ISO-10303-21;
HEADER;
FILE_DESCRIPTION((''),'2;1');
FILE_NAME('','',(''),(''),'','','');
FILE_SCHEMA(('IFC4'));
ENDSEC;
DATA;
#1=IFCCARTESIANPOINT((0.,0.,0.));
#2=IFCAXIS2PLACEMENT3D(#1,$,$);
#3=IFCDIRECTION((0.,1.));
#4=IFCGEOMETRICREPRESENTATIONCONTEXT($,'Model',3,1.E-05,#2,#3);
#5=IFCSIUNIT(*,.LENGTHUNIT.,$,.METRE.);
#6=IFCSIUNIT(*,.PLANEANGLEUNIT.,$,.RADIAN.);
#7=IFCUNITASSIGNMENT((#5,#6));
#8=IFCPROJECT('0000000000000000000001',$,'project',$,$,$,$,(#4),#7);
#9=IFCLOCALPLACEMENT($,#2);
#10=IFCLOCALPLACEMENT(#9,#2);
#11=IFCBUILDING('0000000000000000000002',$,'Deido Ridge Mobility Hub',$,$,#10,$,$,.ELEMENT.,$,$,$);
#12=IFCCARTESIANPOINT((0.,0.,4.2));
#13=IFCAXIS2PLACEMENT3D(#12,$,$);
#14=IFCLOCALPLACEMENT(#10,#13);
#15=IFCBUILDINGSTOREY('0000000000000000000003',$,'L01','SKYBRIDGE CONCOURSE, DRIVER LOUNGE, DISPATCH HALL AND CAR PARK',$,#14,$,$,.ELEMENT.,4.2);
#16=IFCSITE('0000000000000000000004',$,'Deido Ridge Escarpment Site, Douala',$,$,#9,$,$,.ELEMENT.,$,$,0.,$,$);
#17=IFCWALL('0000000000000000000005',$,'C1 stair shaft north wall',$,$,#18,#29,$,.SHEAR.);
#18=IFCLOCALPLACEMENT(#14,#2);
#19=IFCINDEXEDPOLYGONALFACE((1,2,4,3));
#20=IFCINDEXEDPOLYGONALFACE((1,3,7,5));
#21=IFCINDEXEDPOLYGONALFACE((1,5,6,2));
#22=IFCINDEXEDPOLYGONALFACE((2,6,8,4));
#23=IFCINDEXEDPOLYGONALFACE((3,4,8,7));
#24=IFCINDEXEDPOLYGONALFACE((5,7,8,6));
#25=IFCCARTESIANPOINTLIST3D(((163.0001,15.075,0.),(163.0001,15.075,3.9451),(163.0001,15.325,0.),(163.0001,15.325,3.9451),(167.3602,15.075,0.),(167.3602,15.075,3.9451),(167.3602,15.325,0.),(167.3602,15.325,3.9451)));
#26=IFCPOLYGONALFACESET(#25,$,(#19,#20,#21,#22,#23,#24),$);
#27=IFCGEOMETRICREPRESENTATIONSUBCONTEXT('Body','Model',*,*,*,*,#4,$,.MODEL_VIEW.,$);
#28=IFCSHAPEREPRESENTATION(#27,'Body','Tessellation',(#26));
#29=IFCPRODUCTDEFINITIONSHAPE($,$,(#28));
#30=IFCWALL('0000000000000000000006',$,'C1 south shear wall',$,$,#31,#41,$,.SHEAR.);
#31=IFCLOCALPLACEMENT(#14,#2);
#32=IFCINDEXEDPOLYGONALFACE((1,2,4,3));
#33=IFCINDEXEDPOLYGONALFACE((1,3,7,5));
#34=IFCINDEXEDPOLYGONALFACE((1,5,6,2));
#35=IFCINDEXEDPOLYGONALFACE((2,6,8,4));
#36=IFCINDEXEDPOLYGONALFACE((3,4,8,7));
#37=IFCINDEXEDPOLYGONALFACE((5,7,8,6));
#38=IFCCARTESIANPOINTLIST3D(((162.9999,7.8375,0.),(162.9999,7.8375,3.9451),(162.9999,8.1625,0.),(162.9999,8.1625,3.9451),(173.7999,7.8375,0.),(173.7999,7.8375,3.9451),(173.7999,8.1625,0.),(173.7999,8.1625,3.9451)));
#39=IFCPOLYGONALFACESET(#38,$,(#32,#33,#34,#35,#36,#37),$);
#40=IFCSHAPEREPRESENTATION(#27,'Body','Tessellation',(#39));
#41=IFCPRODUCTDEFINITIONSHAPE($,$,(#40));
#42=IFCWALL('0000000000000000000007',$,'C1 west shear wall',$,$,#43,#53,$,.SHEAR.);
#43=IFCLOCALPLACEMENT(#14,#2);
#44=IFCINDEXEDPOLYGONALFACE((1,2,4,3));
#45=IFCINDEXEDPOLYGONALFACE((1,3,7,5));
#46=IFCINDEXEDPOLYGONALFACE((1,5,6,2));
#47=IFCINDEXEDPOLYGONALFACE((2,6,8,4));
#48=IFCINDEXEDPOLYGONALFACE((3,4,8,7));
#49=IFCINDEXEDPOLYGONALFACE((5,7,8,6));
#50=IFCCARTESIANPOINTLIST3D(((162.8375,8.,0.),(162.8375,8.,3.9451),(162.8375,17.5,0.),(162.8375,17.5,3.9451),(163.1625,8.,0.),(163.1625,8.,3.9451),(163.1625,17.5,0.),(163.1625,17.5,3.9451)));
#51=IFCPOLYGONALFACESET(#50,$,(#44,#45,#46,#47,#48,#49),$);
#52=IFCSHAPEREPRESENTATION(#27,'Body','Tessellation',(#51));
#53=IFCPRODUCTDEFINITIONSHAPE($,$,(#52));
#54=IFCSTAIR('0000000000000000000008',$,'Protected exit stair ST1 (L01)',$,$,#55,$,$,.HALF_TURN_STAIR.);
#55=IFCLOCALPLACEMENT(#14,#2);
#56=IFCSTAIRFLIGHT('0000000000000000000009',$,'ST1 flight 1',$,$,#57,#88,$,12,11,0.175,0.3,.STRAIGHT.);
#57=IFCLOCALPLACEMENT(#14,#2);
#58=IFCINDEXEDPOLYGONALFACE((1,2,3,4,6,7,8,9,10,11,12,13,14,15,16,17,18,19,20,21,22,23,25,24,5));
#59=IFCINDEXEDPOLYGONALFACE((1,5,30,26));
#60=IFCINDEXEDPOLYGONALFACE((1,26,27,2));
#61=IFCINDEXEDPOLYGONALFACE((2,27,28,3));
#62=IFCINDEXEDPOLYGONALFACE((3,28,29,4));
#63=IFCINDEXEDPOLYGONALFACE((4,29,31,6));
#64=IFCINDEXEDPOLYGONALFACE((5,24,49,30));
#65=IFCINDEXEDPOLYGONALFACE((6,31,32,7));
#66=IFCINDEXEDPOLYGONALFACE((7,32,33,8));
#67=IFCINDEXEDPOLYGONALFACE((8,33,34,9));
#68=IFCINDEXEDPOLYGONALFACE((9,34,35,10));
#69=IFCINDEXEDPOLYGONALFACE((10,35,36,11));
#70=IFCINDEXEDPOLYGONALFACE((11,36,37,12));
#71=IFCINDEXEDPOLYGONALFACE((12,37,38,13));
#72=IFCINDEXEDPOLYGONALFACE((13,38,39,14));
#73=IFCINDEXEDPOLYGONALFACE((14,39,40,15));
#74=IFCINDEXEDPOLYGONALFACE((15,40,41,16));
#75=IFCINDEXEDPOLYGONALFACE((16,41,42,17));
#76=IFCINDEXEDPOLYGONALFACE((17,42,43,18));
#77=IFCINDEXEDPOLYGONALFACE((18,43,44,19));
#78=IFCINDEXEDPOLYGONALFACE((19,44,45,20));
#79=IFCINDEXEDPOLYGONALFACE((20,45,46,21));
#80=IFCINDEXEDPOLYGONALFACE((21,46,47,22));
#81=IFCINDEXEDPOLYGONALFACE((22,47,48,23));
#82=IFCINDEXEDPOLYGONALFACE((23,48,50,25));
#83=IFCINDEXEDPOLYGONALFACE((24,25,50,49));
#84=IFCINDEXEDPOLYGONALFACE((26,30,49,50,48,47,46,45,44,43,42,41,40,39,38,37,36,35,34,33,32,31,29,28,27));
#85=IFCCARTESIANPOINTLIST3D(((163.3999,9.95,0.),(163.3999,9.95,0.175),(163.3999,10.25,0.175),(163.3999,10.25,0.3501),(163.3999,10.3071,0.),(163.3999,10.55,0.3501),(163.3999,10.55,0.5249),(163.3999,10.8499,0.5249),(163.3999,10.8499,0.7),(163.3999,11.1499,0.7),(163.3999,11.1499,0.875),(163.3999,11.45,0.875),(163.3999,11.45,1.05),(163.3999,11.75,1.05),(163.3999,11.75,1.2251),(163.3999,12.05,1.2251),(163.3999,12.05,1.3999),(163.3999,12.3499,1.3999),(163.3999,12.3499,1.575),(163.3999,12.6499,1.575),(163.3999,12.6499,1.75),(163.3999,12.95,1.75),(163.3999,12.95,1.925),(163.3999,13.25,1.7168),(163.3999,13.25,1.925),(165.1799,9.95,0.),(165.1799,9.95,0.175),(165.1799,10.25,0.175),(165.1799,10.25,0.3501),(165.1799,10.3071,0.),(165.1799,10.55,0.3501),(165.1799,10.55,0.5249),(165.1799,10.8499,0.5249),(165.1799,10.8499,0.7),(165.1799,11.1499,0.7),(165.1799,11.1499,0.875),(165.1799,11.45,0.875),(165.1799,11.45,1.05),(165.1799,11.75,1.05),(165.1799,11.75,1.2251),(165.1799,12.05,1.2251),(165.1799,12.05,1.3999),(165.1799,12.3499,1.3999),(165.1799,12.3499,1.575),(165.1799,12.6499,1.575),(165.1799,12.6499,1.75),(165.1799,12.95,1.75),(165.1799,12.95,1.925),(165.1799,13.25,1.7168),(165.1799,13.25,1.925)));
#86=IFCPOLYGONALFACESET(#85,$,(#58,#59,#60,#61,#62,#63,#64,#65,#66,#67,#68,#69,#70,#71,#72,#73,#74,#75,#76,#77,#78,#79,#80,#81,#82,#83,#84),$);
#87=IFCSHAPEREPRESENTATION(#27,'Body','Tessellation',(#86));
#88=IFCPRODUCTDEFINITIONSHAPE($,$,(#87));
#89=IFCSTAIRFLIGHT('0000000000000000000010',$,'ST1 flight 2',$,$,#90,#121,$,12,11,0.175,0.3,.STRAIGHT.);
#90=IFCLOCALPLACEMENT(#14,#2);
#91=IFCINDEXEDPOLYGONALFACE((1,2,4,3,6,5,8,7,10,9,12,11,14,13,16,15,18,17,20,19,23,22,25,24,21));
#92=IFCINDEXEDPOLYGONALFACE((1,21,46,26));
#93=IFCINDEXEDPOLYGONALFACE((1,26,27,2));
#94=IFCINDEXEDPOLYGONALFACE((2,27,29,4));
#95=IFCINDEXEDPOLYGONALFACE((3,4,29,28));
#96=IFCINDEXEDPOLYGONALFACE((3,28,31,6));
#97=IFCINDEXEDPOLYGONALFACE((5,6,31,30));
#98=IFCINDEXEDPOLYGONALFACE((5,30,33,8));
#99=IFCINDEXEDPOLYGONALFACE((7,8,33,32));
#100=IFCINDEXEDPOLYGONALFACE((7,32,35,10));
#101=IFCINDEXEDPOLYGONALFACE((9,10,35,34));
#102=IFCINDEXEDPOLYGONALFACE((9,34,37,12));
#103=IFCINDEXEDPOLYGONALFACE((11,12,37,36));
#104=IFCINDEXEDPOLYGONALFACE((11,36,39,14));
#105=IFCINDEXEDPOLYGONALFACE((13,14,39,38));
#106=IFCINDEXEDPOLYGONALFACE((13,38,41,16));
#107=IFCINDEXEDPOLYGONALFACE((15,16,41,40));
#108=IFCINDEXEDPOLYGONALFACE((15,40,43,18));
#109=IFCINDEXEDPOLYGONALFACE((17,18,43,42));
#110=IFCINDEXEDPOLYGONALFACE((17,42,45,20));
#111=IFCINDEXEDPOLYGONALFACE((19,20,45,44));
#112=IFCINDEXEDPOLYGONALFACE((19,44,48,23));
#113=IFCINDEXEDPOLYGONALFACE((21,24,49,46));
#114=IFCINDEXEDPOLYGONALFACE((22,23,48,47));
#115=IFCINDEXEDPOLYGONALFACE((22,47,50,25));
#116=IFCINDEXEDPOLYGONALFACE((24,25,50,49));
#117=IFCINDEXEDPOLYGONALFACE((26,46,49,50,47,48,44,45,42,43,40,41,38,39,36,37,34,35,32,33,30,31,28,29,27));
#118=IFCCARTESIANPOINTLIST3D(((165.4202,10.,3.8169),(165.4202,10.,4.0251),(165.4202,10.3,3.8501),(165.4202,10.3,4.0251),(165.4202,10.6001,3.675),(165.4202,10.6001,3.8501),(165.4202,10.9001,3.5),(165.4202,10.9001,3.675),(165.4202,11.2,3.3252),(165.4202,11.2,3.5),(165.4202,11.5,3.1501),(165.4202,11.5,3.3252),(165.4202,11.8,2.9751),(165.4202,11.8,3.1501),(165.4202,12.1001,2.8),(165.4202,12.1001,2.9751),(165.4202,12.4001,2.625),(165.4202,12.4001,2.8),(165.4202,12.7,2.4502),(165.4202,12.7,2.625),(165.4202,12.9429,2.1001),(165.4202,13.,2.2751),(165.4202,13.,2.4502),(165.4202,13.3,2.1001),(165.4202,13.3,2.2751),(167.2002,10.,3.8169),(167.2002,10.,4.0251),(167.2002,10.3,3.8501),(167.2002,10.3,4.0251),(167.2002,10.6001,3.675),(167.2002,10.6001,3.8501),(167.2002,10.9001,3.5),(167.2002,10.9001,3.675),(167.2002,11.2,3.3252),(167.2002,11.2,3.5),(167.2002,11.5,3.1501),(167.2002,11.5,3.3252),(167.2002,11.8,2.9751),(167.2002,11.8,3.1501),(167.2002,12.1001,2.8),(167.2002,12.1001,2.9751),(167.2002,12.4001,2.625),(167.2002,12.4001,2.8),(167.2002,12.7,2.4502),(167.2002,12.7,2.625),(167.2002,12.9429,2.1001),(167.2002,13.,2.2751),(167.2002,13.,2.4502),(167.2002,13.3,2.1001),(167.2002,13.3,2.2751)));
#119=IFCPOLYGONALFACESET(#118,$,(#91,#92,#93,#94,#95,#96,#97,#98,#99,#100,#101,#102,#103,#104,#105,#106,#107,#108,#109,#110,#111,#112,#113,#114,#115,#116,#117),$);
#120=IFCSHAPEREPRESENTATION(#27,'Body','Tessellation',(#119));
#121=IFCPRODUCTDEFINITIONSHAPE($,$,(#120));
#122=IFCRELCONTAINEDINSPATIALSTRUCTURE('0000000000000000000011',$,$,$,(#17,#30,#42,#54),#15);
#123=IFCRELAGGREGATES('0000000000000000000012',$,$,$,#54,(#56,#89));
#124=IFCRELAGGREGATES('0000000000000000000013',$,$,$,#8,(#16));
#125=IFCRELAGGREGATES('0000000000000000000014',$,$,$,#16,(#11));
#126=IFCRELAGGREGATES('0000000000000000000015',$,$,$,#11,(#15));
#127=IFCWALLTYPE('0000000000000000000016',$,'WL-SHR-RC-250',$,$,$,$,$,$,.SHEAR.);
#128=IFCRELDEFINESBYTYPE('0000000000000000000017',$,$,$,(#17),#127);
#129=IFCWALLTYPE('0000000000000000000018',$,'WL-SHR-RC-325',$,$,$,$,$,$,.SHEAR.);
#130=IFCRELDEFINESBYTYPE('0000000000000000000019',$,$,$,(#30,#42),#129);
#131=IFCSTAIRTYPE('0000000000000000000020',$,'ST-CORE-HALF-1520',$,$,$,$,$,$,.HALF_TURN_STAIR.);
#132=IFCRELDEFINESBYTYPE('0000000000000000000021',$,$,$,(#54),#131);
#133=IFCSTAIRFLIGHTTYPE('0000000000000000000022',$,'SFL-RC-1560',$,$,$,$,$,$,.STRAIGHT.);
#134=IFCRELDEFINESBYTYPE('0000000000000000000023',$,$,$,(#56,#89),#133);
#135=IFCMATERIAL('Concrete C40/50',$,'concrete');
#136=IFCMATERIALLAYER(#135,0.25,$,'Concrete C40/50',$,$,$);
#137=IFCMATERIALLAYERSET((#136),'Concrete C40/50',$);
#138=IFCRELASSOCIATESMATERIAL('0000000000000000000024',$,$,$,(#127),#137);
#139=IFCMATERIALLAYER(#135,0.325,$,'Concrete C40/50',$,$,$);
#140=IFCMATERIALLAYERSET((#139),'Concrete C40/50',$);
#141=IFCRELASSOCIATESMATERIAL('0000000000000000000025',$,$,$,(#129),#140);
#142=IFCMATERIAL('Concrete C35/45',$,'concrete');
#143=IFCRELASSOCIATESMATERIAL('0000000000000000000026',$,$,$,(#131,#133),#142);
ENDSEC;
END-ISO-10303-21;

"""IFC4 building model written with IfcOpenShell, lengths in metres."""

from ifc_helpers import new_model, si_unit, direction, frame, frame_2d, origin, place, context, subcontext, project, spatial, polyline, rectangle, outline, extrude, material, layer, layer_set, type_object, element, aggregate, save


model = new_model("IFC4")

# Units and contexts
model_context = context("Model", 3, precision=1e-05, world=origin(), true_north=direction((0.0, 1.0)))
body_context = subcontext(model_context, "Body", "Model", "MODEL_VIEW")
ifc_project = project(units=[si_unit("LENGTHUNIT", "METRE"), si_unit("PLANEANGLEUNIT", "RADIAN")], contexts=[model_context])

# Site, building, storey
site_placement = place(None, origin())
site = spatial("IfcSite", under=ifc_project, at=site_placement, Name="Deido Ridge Escarpment Site, Douala", CompositionType="ELEMENT", RefElevation=0.0)
building_placement = place(site_placement, origin())
building = spatial("IfcBuilding", under=site, at=building_placement, Name="Deido Ridge Mobility Hub", CompositionType="ELEMENT")
storey_placement = place(building_placement, frame((0.0, 0.0, 4.2)))
storey = spatial("IfcBuildingStorey", under=building, at=storey_placement, Name="L01", Description="SKYBRIDGE CONCOURSE, DRIVER LOUNGE, DISPATCH HALL AND CAR PARK", CompositionType="ELEMENT", Elevation=4.2)

# Walls
ifc_material_1 = material(Name="Concrete C40/50", Category="concrete")
ifc_layer_1 = layer(ifc_material_1, 0.25, Name="Concrete C40/50")
ifc_layer_set_1 = layer_set([ifc_layer_1], Name="Concrete C40/50")
wall_type_1 = type_object("IfcWallType", Name="WL-SHR-RC-250", PredefinedType="SHEAR", material=ifc_layer_set_1)
wall_1_placement = place(storey_placement, frame((163.0, 15.2, 0.0), z_axis=(0.0, 0.0, 1.0), x_axis=(1.0, 0.0, 0.0)))
element("IfcWall", 1, at=wall_1_placement, inside=storey, type_object=wall_type_1, Name="C1 stair shaft north wall", PredefinedType="SHEAR", context=body_context, shape_type="SweptSolid", body=[
    extrude(rectangle(XDim=4.3601, YDim=0.25, at=frame_2d((2.1802, 0.0))), origin(), (0.0, 0.0, 1.0), 3.9451),
])
ifc_layer_2 = layer(ifc_material_1, 0.325, Name="Concrete C40/50")
ifc_layer_set_2 = layer_set([ifc_layer_2], Name="Concrete C40/50")
wall_type_2 = type_object("IfcWallType", Name="WL-SHR-RC-325", PredefinedType="SHEAR", material=ifc_layer_set_2)
wall_2_placement = place(storey_placement, frame((163.0, 8.0, 0.0), z_axis=(0.0, 0.0, 1.0), x_axis=(1.0, 0.0, 0.0)))
element("IfcWall", 2, at=wall_2_placement, inside=storey, type_object=wall_type_2, Name="C1 south shear wall", PredefinedType="SHEAR", context=body_context, shape_type="SweptSolid", body=[
    extrude(rectangle(XDim=10.8, YDim=0.325, at=frame_2d((5.3999, 0.0))), origin(), (0.0, 0.0, 1.0), 3.9451),
])
wall_3_placement = place(storey_placement, frame((163.0, 17.5, 0.0), z_axis=(0.0, 0.0, 1.0), x_axis=(0.0, -1.0, 0.0)))
element("IfcWall", 3, at=wall_3_placement, inside=storey, type_object=wall_type_2, Name="C1 west shear wall", PredefinedType="SHEAR", context=body_context, shape_type="SweptSolid", body=[
    extrude(rectangle(XDim=9.5, YDim=0.325, at=frame_2d((4.75, 0.0))), origin(), (0.0, 0.0, 1.0), 3.9451),
])

# Stair, stair flights
ifc_material_2 = material(Name="Concrete C35/45", Category="concrete")
stair_type = type_object("IfcStairType", Name="ST-CORE-HALF-1520", PredefinedType="HALF_TURN_STAIR", material=ifc_material_2)
stair_placement = place(storey_placement, origin())
stair = element("IfcStair", 4, at=stair_placement, inside=storey, type_object=stair_type, Name="Protected exit stair ST1 (L01)", PredefinedType="HALF_TURN_STAIR")
stair_flight_type = type_object("IfcStairFlightType", Name="SFL-RC-1560", PredefinedType="STRAIGHT", material=ifc_material_2)
stair_flight_1_placement = place(storey_placement, frame((164.29, 9.95, 0.0), z_axis=(0.0, 0.0, 1.0), x_axis=(0.0, 1.0, 0.0)))
stair_flight_1 = element("IfcStairFlight", 5, at=stair_flight_1_placement, type_object=stair_flight_type, Name="ST1 flight 1", NumberOfRisers=12, NumberOfTreads=11, PredefinedType="STRAIGHT", RiserHeight=0.175, TreadLength=0.3, context=body_context, shape_type="SweptSolid", body=[
    extrude(outline(polyline([(0.0, 0.0), (0.0, 0.175), (0.3, 0.175), (0.3, 0.3501), (0.6001, 0.3501), (0.6001, 0.5249), (0.8999, 0.5249), (0.8999, 0.7), (1.2, 0.7), (1.2, 0.875), (1.5, 0.875), (1.5, 1.05), (1.8, 1.05), (1.8, 1.2251), (2.1001, 1.2251), (2.1001, 1.3999), (2.3999, 1.3999), (2.3999, 1.575), (2.7, 1.575), (2.7, 1.75), (3.0, 1.75), (3.0, 1.925), (3.3, 1.925), (3.3, 2.1001), (3.3, 1.7168), (0.3572, 0.0), (0.0, 0.0)])), frame((0.0, 0.8901, 0.0), z_axis=(0.0, -1.0, 0.0), x_axis=(1.0, 0.0, 0.0)), (0.0, 0.0, 1.0), 1.78),
])
stair_flight_2_placement = place(storey_placement, frame((166.3101, 13.3, 2.1001), z_axis=(0.0, 0.0, 1.0), x_axis=(0.0, -1.0, 0.0)))
stair_flight_2 = element("IfcStairFlight", 6, at=stair_flight_2_placement, type_object=stair_flight_type, Name="ST1 flight 2", NumberOfRisers=12, NumberOfTreads=11, PredefinedType="STRAIGHT", RiserHeight=0.175, TreadLength=0.3, context=body_context, shape_type="SweptSolid", body=[
    extrude(outline(polyline([(0.0, 0.0), (0.0, 0.175), (0.3, 0.175), (0.3, 0.3501), (0.6001, 0.3501), (0.6001, 0.5249), (0.8999, 0.5249), (0.8999, 0.7), (1.2, 0.7), (1.2, 0.875), (1.5, 0.875), (1.5, 1.05), (1.8, 1.05), (1.8, 1.2251), (2.1001, 1.2251), (2.1001, 1.3999), (2.3999, 1.3999), (2.3999, 1.575), (2.7, 1.575), (2.7, 1.75), (3.0, 1.75), (3.0, 1.925), (3.3, 1.925), (3.3, 2.1001), (3.3, 1.7168), (0.3572, 0.0), (0.0, 0.0)])), frame((0.0, 0.8901, 0.0), z_axis=(0.0, -1.0, 0.0), x_axis=(1.0, 0.0, 0.0)), (0.0, 0.0, 1.0), 1.78),
])
aggregate(stair, [stair_flight_1, stair_flight_2])

save(model, "model.ifc")
